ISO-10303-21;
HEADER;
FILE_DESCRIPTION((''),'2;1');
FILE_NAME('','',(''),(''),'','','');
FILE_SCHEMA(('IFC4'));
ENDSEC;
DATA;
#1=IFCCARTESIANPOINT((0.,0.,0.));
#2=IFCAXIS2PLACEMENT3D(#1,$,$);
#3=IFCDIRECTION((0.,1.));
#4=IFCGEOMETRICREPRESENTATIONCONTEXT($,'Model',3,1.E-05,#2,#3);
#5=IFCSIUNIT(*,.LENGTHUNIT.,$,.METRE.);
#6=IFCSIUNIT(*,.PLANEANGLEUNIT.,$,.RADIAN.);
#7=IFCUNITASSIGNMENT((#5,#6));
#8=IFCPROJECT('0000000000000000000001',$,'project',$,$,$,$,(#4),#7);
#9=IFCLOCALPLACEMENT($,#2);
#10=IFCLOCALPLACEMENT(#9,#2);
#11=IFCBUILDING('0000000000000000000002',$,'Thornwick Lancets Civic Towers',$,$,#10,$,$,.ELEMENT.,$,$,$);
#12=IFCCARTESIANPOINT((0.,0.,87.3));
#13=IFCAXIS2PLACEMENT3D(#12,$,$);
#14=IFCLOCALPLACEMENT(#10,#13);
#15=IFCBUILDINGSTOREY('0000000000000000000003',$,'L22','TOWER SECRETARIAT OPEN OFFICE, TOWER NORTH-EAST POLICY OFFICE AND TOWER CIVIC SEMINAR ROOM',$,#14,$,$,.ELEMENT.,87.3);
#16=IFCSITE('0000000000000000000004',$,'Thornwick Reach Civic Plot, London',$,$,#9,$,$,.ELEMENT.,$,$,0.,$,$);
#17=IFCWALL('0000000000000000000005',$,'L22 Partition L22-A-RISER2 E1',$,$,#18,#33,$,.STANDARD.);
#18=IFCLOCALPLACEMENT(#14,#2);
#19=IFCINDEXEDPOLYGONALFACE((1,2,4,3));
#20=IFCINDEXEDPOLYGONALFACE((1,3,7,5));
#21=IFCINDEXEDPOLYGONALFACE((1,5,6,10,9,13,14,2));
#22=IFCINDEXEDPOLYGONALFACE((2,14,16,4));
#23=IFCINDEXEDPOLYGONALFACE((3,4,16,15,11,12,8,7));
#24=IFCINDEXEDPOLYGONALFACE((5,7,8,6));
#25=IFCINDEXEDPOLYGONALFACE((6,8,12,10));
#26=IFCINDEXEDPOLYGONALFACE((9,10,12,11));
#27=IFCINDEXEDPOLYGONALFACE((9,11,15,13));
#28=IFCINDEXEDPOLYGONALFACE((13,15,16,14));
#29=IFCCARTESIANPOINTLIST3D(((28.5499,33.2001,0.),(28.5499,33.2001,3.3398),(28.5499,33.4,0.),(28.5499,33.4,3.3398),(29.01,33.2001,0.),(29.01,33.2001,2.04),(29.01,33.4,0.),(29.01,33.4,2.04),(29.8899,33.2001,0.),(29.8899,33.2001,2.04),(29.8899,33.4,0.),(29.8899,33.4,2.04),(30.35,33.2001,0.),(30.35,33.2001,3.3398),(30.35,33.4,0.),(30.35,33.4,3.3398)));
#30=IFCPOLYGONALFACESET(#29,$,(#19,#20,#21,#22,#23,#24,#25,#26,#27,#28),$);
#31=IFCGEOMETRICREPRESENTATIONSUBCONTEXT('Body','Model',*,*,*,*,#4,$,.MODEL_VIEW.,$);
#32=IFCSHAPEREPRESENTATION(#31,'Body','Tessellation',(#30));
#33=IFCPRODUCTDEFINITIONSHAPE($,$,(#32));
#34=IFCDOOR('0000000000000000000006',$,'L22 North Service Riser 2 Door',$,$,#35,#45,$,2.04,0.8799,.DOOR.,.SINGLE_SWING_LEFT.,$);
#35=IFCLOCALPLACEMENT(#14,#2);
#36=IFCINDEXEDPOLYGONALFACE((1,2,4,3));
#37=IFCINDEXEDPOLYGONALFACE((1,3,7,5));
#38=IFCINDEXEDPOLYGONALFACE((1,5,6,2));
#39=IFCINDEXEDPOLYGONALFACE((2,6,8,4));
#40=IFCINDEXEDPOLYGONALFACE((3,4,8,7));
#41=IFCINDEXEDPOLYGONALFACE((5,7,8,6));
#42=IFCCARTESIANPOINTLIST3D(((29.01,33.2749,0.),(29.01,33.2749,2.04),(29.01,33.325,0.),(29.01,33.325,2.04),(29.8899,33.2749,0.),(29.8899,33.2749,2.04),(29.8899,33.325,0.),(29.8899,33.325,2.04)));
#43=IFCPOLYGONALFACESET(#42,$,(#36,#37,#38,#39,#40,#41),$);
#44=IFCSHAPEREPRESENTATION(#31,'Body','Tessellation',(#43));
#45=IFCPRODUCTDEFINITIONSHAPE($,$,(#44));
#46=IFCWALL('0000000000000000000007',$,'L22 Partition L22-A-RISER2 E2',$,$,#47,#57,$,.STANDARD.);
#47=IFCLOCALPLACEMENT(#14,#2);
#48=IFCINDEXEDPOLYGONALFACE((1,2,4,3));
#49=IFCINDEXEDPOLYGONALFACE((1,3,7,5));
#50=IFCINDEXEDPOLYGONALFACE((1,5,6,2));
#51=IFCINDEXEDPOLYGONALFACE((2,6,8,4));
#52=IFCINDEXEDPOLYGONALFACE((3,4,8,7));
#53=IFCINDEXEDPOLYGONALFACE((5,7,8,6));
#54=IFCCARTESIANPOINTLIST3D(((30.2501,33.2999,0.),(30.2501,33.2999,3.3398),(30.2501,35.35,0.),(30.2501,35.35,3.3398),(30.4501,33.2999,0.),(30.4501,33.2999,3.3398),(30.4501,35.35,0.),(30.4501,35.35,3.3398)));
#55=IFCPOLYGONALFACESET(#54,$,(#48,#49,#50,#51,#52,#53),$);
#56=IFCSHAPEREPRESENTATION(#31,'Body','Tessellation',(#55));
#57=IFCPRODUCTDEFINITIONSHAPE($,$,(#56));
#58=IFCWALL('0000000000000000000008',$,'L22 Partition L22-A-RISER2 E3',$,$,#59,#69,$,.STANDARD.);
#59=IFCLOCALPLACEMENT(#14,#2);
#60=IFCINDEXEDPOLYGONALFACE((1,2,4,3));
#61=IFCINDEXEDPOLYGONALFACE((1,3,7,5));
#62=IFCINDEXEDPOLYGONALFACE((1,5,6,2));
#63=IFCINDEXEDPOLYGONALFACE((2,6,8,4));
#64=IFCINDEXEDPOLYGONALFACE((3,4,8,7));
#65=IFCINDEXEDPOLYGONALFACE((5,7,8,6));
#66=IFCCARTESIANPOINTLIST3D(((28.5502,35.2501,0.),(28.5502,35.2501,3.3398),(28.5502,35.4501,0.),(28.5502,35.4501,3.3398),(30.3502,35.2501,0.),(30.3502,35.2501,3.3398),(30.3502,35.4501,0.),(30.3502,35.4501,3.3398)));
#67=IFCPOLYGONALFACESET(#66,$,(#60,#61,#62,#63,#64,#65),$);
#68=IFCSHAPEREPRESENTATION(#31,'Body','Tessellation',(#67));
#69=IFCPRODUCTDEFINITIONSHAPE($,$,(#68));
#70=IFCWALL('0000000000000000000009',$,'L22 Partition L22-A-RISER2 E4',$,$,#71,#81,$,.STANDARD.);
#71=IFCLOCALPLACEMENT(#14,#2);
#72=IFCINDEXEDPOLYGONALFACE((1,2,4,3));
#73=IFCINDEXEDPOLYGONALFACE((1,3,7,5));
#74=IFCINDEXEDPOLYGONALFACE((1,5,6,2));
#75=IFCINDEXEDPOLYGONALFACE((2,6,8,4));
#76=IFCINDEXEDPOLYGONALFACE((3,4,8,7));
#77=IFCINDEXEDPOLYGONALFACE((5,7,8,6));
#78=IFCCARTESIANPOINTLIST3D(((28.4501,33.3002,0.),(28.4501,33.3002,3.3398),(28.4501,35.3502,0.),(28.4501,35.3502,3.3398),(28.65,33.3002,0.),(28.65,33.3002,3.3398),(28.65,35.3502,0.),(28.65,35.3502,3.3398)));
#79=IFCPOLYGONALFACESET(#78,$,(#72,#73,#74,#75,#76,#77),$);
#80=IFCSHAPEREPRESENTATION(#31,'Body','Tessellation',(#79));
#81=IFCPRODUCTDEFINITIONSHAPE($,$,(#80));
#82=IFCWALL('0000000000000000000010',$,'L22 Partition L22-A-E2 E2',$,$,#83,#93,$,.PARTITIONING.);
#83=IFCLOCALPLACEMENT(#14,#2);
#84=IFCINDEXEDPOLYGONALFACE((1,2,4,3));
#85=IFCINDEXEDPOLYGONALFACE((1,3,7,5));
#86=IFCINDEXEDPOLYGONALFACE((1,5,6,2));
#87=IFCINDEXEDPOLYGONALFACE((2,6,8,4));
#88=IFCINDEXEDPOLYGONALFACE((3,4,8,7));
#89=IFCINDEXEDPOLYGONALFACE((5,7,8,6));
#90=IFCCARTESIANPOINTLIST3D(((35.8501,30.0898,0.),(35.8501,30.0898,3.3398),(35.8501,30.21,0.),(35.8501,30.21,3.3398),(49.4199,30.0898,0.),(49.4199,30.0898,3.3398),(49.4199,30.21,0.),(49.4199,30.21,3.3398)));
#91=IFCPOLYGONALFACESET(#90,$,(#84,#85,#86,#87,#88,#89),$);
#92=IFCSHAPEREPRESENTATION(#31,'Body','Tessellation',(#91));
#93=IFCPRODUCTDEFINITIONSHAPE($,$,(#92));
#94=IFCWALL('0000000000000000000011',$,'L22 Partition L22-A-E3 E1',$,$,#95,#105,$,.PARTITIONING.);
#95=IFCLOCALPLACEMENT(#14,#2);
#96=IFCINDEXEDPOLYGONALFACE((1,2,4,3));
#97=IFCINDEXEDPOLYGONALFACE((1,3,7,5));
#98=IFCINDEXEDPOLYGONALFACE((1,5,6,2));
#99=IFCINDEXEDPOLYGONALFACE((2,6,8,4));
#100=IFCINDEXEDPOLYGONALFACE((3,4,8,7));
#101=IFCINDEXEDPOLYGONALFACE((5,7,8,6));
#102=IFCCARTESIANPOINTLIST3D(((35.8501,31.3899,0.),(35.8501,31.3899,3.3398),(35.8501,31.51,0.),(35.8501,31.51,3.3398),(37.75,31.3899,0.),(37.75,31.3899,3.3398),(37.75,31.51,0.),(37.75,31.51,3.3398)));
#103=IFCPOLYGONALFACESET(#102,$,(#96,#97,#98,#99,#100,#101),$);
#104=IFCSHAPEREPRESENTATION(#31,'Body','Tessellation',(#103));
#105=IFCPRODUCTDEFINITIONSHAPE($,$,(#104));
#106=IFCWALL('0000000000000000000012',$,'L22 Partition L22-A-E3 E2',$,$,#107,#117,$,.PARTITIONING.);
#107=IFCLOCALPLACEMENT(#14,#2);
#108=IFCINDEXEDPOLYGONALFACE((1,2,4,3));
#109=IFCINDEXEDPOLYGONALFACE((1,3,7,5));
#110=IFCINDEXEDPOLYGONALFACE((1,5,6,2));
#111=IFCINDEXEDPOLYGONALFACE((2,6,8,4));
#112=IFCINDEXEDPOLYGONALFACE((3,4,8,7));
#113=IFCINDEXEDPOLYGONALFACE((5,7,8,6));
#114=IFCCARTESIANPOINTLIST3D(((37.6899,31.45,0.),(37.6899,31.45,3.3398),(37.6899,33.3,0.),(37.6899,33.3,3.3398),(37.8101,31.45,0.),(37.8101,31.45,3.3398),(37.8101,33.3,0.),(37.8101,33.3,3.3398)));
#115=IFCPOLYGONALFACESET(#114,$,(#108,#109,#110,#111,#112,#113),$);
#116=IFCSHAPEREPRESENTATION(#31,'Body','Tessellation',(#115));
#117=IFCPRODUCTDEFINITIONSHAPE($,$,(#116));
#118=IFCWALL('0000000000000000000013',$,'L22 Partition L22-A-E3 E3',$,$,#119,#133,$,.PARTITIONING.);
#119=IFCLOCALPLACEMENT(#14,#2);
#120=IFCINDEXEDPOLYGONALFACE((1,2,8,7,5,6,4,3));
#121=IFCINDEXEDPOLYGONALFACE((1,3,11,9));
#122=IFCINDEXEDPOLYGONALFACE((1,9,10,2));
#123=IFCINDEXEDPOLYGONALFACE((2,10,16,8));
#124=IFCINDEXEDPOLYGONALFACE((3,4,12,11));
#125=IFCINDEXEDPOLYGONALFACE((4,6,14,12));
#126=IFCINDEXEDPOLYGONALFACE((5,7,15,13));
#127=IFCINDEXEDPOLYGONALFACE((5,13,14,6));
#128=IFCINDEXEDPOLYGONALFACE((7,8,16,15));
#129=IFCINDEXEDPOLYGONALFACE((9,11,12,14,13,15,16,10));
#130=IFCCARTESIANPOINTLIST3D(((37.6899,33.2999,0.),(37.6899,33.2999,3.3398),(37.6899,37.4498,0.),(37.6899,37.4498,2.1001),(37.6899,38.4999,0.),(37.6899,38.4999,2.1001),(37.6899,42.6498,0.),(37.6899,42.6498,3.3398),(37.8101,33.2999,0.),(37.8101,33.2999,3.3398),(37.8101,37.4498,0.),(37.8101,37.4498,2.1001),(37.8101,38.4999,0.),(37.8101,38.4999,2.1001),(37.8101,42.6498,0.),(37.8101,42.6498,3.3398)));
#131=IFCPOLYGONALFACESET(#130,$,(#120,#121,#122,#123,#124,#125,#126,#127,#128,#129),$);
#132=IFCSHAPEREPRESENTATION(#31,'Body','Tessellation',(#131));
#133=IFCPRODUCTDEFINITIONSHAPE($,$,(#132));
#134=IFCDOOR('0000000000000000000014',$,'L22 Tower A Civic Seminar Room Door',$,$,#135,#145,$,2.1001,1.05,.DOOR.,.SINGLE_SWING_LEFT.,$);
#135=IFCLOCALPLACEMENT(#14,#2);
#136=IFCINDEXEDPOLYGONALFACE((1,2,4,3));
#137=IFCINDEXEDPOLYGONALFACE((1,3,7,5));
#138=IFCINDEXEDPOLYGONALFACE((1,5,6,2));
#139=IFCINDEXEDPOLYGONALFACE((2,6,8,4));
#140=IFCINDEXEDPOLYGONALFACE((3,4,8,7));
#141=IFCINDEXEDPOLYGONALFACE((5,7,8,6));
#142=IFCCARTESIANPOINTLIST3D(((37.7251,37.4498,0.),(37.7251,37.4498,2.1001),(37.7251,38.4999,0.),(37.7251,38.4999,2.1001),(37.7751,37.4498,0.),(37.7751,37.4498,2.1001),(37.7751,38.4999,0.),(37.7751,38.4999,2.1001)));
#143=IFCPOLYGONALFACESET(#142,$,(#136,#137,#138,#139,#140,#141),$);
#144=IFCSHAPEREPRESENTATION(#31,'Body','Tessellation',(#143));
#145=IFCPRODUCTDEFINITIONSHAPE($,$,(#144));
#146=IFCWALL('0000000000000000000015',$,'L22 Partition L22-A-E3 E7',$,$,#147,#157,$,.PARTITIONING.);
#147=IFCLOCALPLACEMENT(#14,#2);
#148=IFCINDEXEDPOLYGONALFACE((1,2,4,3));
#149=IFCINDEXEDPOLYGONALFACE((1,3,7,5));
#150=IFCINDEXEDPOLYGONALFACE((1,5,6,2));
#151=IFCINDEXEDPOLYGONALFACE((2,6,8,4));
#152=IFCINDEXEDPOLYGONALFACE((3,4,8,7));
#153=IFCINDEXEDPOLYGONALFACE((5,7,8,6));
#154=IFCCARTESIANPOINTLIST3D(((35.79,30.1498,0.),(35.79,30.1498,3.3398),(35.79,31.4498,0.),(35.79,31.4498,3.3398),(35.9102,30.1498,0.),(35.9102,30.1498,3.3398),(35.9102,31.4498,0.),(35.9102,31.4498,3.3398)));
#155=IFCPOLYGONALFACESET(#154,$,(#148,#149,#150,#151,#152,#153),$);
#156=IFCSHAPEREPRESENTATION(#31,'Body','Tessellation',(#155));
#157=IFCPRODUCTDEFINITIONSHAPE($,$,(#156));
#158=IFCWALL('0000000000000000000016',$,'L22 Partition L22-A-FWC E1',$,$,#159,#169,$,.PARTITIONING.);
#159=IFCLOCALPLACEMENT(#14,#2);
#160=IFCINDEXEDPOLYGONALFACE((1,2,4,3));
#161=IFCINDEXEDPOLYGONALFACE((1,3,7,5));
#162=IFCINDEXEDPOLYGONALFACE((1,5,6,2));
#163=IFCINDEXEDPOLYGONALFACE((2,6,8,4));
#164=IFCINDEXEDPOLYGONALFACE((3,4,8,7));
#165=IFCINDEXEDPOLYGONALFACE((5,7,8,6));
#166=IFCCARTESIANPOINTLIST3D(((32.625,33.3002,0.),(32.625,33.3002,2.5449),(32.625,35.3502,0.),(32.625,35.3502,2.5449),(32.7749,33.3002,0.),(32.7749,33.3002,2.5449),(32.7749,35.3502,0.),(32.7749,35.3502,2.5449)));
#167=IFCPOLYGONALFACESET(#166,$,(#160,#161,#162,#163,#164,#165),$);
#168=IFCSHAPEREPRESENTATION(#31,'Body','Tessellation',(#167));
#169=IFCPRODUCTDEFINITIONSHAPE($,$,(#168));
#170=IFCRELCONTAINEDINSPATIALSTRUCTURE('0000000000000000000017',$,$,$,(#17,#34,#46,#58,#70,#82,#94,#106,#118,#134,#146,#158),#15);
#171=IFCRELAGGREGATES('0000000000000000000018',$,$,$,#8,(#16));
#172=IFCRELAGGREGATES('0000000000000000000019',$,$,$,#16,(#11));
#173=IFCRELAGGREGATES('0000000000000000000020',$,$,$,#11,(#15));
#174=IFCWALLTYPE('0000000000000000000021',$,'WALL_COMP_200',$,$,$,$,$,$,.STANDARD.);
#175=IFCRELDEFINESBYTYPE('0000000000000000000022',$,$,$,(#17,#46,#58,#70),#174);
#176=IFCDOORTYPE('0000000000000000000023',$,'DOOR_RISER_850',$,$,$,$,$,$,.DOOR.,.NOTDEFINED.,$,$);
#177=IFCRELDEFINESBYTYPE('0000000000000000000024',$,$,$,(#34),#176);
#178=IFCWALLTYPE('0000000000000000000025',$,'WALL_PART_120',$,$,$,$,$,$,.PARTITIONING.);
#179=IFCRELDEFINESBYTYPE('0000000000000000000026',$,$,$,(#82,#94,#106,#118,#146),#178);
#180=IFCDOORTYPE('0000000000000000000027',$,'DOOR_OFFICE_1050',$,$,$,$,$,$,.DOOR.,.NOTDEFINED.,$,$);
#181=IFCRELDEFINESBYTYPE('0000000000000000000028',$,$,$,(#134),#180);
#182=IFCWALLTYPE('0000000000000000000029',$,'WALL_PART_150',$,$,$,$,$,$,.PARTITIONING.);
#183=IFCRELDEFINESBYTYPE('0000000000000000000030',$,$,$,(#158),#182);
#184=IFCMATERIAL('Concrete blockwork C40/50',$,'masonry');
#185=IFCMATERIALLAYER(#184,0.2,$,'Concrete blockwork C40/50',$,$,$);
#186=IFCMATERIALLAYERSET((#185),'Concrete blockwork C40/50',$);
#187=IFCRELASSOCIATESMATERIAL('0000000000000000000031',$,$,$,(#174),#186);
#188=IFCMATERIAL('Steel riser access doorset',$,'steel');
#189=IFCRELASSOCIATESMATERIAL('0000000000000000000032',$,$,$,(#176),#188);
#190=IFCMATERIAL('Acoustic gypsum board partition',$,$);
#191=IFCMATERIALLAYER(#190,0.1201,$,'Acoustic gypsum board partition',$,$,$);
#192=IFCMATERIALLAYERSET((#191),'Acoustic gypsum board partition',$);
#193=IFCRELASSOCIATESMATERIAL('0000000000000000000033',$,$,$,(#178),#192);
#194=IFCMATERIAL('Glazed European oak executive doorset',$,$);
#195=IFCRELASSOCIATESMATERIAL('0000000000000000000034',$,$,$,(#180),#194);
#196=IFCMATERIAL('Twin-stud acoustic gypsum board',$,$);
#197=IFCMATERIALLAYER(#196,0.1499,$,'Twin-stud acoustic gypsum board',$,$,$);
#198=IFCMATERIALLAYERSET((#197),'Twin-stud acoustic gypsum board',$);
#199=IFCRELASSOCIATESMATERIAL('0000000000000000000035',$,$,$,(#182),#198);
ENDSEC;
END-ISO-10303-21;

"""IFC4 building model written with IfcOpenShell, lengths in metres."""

from ifc_helpers import new_model, si_unit, direction, frame, frame_2d, origin, place, context, subcontext, project, spatial, rectangle, extrude, material, layer, layer_set, type_object, element, fill, save


model = new_model("IFC4")

# Units and contexts
model_context = context("Model", 3, precision=1e-05, world=origin(), true_north=direction((0.0, 1.0)))
body_context = subcontext(model_context, "Body", "Model", "MODEL_VIEW")
ifc_project = project(units=[si_unit("LENGTHUNIT", "METRE"), si_unit("PLANEANGLEUNIT", "RADIAN")], contexts=[model_context])

# Site, building, storey
site_placement = place(None, origin())
site = spatial("IfcSite", under=ifc_project, at=site_placement, Name="Thornwick Reach Civic Plot, London", CompositionType="ELEMENT", RefElevation=0.0)
building_placement = place(site_placement, origin())
building = spatial("IfcBuilding", under=site, at=building_placement, Name="Thornwick Lancets Civic Towers", CompositionType="ELEMENT")
storey_placement = place(building_placement, frame((0.0, 0.0, 87.3)))
storey = spatial("IfcBuildingStorey", under=building, at=storey_placement, Name="L22", Description="TOWER SECRETARIAT OPEN OFFICE, TOWER NORTH-EAST POLICY OFFICE AND TOWER CIVIC SEMINAR ROOM", CompositionType="ELEMENT", Elevation=87.3)

# Shared definitions
ifc_material_1 = material(Name="Concrete blockwork C40/50", Category="masonry")
ifc_layer_1 = layer(ifc_material_1, 0.2, Name="Concrete blockwork C40/50")
ifc_layer_set_1 = layer_set([ifc_layer_1], Name="Concrete blockwork C40/50")
wall_type_1 = type_object("IfcWallType", Name="WALL_COMP_200", PredefinedType="STANDARD", material=ifc_layer_set_1)

# Wall, opening, door
wall_1_placement = place(storey_placement, frame((28.55, 33.3, 0.0), z_axis=(0.0, 0.0, 1.0), x_axis=(1.0, 0.0, 0.0)))
wall_1 = element("IfcWall", 1, at=wall_1_placement, inside=storey, type_object=wall_type_1, Name="L22 Partition L22-A-RISER2 E1", PredefinedType="STANDARD", context=body_context, shape_type="SweptSolid", body=[
    extrude(rectangle(XDim=1.8, YDim=0.2, at=frame_2d((0.8999, 0.0))), origin(), (0.0, 0.0, 1.0), 3.3398),
])
opening_1_placement = place(wall_1_placement, frame((0.46, 0.0, 0.0)))
opening_1 = element("IfcOpeningElement", 2, at=opening_1_placement, cuts=wall_1, PredefinedType="OPENING", context=body_context, shape_type="SweptSolid", body=[
    extrude(rectangle(XDim=0.8799, YDim=2.04, at=frame_2d((0.4399, 1.02))), frame((0.0, 0.1099, 0.0), z_axis=(0.0, -1.0, 0.0), x_axis=(1.0, 0.0, 0.0)), (0.0, 0.0, 1.0), 0.22),
])
ifc_material_2 = material(Name="Steel riser access doorset", Category="steel")
door_type_1 = type_object("IfcDoorType", Name="DOOR_RISER_850", OperationType="NOTDEFINED", PredefinedType="DOOR", material=ifc_material_2)
door_1_placement = place(opening_1_placement, origin())
door_1 = element("IfcDoor", 3, at=door_1_placement, inside=storey, type_object=door_type_1, Name="L22 North Service Riser 2 Door", OperationType="SINGLE_SWING_LEFT", OverallHeight=2.04, OverallWidth=0.8799, PredefinedType="DOOR", context=body_context, shape_type="SweptSolid", body=[
    extrude(rectangle(XDim=0.8799, YDim=2.04, at=frame_2d((0.4399, 1.02))), frame((0.0, 0.0249, 0.0), z_axis=(0.0, -1.0, 0.0), x_axis=(1.0, 0.0, 0.0)), (0.0, 0.0, 1.0), 0.05),
])
fill(opening_1, door_1)

# Walls
wall_2_placement = place(storey_placement, frame((30.3501, 33.3, 0.0), z_axis=(0.0, 0.0, 1.0), x_axis=(0.0, 1.0, 0.0)))
element("IfcWall", 4, at=wall_2_placement, inside=storey, type_object=wall_type_1, Name="L22 Partition L22-A-RISER2 E2", PredefinedType="STANDARD", context=body_context, shape_type="SweptSolid", body=[
    extrude(rectangle(XDim=2.05, YDim=0.2, at=frame_2d((1.0249, 0.0))), origin(), (0.0, 0.0, 1.0), 3.3398),
])
wall_3_placement = place(storey_placement, frame((30.3501, 35.3501, 0.0), z_axis=(0.0, 0.0, 1.0), x_axis=(-1.0, 0.0, 0.0)))
element("IfcWall", 5, at=wall_3_placement, inside=storey, type_object=wall_type_1, Name="L22 Partition L22-A-RISER2 E3", PredefinedType="STANDARD", context=body_context, shape_type="SweptSolid", body=[
    extrude(rectangle(XDim=1.8, YDim=0.2, at=frame_2d((0.8999, 0.0))), origin(), (0.0, 0.0, 1.0), 3.3398),
])
wall_4_placement = place(storey_placement, frame((28.55, 35.3501, 0.0), z_axis=(0.0, 0.0, 1.0), x_axis=(0.0, -1.0, 0.0)))
element("IfcWall", 6, at=wall_4_placement, inside=storey, type_object=wall_type_1, Name="L22 Partition L22-A-RISER2 E4", PredefinedType="STANDARD", context=body_context, shape_type="SweptSolid", body=[
    extrude(rectangle(XDim=2.05, YDim=0.2, at=frame_2d((1.0249, 0.0))), origin(), (0.0, 0.0, 1.0), 3.3398),
])
ifc_material_3 = material(Name="Acoustic gypsum board partition")
ifc_layer_2 = layer(ifc_material_3, 0.1201, Name="Acoustic gypsum board partition")
ifc_layer_set_2 = layer_set([ifc_layer_2], Name="Acoustic gypsum board partition")
wall_type_2 = type_object("IfcWallType", Name="WALL_PART_120", PredefinedType="PARTITIONING", material=ifc_layer_set_2)
wall_5_placement = place(storey_placement, frame((35.8501, 30.1499, 0.0), z_axis=(0.0, 0.0, 1.0), x_axis=(1.0, 0.0, 0.0)))
element("IfcWall", 7, at=wall_5_placement, inside=storey, type_object=wall_type_2, Name="L22 Partition L22-A-E2 E2", PredefinedType="PARTITIONING", context=body_context, shape_type="SweptSolid", body=[
    extrude(rectangle(XDim=13.5698, YDim=0.1201, at=frame_2d((6.7849, 0.0))), origin(), (0.0, 0.0, 1.0), 3.3398),
])
wall_6_placement = place(storey_placement, frame((35.8501, 31.45, 0.0), z_axis=(0.0, 0.0, 1.0), x_axis=(1.0, 0.0, 0.0)))
element("IfcWall", 8, at=wall_6_placement, inside=storey, type_object=wall_type_2, Name="L22 Partition L22-A-E3 E1", PredefinedType="PARTITIONING", context=body_context, shape_type="SweptSolid", body=[
    extrude(rectangle(XDim=1.8999, YDim=0.1201, at=frame_2d((0.95, 0.0))), origin(), (0.0, 0.0, 1.0), 3.3398),
])
wall_7_placement = place(storey_placement, frame((37.75, 31.45, 0.0), z_axis=(0.0, 0.0, 1.0), x_axis=(0.0, 1.0, 0.0)))
element("IfcWall", 9, at=wall_7_placement, inside=storey, type_object=wall_type_2, Name="L22 Partition L22-A-E3 E2", PredefinedType="PARTITIONING", context=body_context, shape_type="SweptSolid", body=[
    extrude(rectangle(XDim=1.8501, YDim=0.1201, at=frame_2d((0.925, 0.0))), origin(), (0.0, 0.0, 1.0), 3.3398),
])

# Wall, opening, door
wall_8_placement = place(storey_placement, frame((37.75, 33.3, 0.0), z_axis=(0.0, 0.0, 1.0), x_axis=(0.0, 1.0, 0.0)))
wall_8 = element("IfcWall", 10, at=wall_8_placement, inside=storey, type_object=wall_type_2, Name="L22 Partition L22-A-E3 E3", PredefinedType="PARTITIONING", context=body_context, shape_type="SweptSolid", body=[
    extrude(rectangle(XDim=9.3499, YDim=0.1201, at=frame_2d((4.6748, 0.0))), origin(), (0.0, 0.0, 1.0), 3.3398),
])
opening_2_placement = place(wall_8_placement, frame((4.1499, 0.0, 0.0)))
opening_2 = element("IfcOpeningElement", 11, at=opening_2_placement, cuts=wall_8, PredefinedType="OPENING", context=body_context, shape_type="SweptSolid", body=[
    extrude(rectangle(XDim=1.05, YDim=2.1001, at=frame_2d((0.5249, 1.05))), frame((0.0, 0.0701, 0.0), z_axis=(0.0, -1.0, 0.0), x_axis=(1.0, 0.0, 0.0)), (0.0, 0.0, 1.0), 0.1401),
])
ifc_material_4 = material(Name="Glazed European oak executive doorset")
door_type_2 = type_object("IfcDoorType", Name="DOOR_OFFICE_1050", OperationType="NOTDEFINED", PredefinedType="DOOR", material=ifc_material_4)
door_2_placement = place(opening_2_placement, origin())
door_2 = element("IfcDoor", 12, at=door_2_placement, inside=storey, type_object=door_type_2, Name="L22 Tower A Civic Seminar Room Door", OperationType="SINGLE_SWING_LEFT", OverallHeight=2.1001, OverallWidth=1.05, PredefinedType="DOOR", context=body_context, shape_type="SweptSolid", body=[
    extrude(rectangle(XDim=1.05, YDim=2.1001, at=frame_2d((0.5249, 1.05))), frame((0.0, 0.0249, 0.0), z_axis=(0.0, -1.0, 0.0), x_axis=(1.0, 0.0, 0.0)), (0.0, 0.0, 1.0), 0.05),
])
fill(opening_2, door_2)

# Walls
wall_9_placement = place(storey_placement, frame((35.8501, 30.1499, 0.0), z_axis=(0.0, 0.0, 1.0), x_axis=(0.0, 1.0, 0.0)))
element("IfcWall", 13, at=wall_9_placement, inside=storey, type_object=wall_type_2, Name="L22 Partition L22-A-E3 E7", PredefinedType="PARTITIONING", context=body_context, shape_type="SweptSolid", body=[
    extrude(rectangle(XDim=1.3, YDim=0.1201, at=frame_2d((0.6499, 0.0))), origin(), (0.0, 0.0, 1.0), 3.3398),
])
ifc_material_5 = material(Name="Twin-stud acoustic gypsum board")
ifc_layer_3 = layer(ifc_material_5, 0.1499, Name="Twin-stud acoustic gypsum board")
ifc_layer_set_3 = layer_set([ifc_layer_3], Name="Twin-stud acoustic gypsum board")
wall_type_3 = type_object("IfcWallType", Name="WALL_PART_150", PredefinedType="PARTITIONING", material=ifc_layer_set_3)
wall_10_placement = place(storey_placement, frame((32.7, 35.3501, 0.0), z_axis=(0.0, 0.0, 1.0), x_axis=(0.0, -1.0, 0.0)))
element("IfcWall", 14, at=wall_10_placement, inside=storey, type_object=wall_type_3, Name="L22 Partition L22-A-FWC E1", PredefinedType="PARTITIONING", context=body_context, shape_type="SweptSolid", body=[
    extrude(rectangle(XDim=2.05, YDim=0.1499, at=frame_2d((1.0249, 0.0))), origin(), (0.0, 0.0, 1.0), 2.5449),
])

save(model, "model.ifc")
